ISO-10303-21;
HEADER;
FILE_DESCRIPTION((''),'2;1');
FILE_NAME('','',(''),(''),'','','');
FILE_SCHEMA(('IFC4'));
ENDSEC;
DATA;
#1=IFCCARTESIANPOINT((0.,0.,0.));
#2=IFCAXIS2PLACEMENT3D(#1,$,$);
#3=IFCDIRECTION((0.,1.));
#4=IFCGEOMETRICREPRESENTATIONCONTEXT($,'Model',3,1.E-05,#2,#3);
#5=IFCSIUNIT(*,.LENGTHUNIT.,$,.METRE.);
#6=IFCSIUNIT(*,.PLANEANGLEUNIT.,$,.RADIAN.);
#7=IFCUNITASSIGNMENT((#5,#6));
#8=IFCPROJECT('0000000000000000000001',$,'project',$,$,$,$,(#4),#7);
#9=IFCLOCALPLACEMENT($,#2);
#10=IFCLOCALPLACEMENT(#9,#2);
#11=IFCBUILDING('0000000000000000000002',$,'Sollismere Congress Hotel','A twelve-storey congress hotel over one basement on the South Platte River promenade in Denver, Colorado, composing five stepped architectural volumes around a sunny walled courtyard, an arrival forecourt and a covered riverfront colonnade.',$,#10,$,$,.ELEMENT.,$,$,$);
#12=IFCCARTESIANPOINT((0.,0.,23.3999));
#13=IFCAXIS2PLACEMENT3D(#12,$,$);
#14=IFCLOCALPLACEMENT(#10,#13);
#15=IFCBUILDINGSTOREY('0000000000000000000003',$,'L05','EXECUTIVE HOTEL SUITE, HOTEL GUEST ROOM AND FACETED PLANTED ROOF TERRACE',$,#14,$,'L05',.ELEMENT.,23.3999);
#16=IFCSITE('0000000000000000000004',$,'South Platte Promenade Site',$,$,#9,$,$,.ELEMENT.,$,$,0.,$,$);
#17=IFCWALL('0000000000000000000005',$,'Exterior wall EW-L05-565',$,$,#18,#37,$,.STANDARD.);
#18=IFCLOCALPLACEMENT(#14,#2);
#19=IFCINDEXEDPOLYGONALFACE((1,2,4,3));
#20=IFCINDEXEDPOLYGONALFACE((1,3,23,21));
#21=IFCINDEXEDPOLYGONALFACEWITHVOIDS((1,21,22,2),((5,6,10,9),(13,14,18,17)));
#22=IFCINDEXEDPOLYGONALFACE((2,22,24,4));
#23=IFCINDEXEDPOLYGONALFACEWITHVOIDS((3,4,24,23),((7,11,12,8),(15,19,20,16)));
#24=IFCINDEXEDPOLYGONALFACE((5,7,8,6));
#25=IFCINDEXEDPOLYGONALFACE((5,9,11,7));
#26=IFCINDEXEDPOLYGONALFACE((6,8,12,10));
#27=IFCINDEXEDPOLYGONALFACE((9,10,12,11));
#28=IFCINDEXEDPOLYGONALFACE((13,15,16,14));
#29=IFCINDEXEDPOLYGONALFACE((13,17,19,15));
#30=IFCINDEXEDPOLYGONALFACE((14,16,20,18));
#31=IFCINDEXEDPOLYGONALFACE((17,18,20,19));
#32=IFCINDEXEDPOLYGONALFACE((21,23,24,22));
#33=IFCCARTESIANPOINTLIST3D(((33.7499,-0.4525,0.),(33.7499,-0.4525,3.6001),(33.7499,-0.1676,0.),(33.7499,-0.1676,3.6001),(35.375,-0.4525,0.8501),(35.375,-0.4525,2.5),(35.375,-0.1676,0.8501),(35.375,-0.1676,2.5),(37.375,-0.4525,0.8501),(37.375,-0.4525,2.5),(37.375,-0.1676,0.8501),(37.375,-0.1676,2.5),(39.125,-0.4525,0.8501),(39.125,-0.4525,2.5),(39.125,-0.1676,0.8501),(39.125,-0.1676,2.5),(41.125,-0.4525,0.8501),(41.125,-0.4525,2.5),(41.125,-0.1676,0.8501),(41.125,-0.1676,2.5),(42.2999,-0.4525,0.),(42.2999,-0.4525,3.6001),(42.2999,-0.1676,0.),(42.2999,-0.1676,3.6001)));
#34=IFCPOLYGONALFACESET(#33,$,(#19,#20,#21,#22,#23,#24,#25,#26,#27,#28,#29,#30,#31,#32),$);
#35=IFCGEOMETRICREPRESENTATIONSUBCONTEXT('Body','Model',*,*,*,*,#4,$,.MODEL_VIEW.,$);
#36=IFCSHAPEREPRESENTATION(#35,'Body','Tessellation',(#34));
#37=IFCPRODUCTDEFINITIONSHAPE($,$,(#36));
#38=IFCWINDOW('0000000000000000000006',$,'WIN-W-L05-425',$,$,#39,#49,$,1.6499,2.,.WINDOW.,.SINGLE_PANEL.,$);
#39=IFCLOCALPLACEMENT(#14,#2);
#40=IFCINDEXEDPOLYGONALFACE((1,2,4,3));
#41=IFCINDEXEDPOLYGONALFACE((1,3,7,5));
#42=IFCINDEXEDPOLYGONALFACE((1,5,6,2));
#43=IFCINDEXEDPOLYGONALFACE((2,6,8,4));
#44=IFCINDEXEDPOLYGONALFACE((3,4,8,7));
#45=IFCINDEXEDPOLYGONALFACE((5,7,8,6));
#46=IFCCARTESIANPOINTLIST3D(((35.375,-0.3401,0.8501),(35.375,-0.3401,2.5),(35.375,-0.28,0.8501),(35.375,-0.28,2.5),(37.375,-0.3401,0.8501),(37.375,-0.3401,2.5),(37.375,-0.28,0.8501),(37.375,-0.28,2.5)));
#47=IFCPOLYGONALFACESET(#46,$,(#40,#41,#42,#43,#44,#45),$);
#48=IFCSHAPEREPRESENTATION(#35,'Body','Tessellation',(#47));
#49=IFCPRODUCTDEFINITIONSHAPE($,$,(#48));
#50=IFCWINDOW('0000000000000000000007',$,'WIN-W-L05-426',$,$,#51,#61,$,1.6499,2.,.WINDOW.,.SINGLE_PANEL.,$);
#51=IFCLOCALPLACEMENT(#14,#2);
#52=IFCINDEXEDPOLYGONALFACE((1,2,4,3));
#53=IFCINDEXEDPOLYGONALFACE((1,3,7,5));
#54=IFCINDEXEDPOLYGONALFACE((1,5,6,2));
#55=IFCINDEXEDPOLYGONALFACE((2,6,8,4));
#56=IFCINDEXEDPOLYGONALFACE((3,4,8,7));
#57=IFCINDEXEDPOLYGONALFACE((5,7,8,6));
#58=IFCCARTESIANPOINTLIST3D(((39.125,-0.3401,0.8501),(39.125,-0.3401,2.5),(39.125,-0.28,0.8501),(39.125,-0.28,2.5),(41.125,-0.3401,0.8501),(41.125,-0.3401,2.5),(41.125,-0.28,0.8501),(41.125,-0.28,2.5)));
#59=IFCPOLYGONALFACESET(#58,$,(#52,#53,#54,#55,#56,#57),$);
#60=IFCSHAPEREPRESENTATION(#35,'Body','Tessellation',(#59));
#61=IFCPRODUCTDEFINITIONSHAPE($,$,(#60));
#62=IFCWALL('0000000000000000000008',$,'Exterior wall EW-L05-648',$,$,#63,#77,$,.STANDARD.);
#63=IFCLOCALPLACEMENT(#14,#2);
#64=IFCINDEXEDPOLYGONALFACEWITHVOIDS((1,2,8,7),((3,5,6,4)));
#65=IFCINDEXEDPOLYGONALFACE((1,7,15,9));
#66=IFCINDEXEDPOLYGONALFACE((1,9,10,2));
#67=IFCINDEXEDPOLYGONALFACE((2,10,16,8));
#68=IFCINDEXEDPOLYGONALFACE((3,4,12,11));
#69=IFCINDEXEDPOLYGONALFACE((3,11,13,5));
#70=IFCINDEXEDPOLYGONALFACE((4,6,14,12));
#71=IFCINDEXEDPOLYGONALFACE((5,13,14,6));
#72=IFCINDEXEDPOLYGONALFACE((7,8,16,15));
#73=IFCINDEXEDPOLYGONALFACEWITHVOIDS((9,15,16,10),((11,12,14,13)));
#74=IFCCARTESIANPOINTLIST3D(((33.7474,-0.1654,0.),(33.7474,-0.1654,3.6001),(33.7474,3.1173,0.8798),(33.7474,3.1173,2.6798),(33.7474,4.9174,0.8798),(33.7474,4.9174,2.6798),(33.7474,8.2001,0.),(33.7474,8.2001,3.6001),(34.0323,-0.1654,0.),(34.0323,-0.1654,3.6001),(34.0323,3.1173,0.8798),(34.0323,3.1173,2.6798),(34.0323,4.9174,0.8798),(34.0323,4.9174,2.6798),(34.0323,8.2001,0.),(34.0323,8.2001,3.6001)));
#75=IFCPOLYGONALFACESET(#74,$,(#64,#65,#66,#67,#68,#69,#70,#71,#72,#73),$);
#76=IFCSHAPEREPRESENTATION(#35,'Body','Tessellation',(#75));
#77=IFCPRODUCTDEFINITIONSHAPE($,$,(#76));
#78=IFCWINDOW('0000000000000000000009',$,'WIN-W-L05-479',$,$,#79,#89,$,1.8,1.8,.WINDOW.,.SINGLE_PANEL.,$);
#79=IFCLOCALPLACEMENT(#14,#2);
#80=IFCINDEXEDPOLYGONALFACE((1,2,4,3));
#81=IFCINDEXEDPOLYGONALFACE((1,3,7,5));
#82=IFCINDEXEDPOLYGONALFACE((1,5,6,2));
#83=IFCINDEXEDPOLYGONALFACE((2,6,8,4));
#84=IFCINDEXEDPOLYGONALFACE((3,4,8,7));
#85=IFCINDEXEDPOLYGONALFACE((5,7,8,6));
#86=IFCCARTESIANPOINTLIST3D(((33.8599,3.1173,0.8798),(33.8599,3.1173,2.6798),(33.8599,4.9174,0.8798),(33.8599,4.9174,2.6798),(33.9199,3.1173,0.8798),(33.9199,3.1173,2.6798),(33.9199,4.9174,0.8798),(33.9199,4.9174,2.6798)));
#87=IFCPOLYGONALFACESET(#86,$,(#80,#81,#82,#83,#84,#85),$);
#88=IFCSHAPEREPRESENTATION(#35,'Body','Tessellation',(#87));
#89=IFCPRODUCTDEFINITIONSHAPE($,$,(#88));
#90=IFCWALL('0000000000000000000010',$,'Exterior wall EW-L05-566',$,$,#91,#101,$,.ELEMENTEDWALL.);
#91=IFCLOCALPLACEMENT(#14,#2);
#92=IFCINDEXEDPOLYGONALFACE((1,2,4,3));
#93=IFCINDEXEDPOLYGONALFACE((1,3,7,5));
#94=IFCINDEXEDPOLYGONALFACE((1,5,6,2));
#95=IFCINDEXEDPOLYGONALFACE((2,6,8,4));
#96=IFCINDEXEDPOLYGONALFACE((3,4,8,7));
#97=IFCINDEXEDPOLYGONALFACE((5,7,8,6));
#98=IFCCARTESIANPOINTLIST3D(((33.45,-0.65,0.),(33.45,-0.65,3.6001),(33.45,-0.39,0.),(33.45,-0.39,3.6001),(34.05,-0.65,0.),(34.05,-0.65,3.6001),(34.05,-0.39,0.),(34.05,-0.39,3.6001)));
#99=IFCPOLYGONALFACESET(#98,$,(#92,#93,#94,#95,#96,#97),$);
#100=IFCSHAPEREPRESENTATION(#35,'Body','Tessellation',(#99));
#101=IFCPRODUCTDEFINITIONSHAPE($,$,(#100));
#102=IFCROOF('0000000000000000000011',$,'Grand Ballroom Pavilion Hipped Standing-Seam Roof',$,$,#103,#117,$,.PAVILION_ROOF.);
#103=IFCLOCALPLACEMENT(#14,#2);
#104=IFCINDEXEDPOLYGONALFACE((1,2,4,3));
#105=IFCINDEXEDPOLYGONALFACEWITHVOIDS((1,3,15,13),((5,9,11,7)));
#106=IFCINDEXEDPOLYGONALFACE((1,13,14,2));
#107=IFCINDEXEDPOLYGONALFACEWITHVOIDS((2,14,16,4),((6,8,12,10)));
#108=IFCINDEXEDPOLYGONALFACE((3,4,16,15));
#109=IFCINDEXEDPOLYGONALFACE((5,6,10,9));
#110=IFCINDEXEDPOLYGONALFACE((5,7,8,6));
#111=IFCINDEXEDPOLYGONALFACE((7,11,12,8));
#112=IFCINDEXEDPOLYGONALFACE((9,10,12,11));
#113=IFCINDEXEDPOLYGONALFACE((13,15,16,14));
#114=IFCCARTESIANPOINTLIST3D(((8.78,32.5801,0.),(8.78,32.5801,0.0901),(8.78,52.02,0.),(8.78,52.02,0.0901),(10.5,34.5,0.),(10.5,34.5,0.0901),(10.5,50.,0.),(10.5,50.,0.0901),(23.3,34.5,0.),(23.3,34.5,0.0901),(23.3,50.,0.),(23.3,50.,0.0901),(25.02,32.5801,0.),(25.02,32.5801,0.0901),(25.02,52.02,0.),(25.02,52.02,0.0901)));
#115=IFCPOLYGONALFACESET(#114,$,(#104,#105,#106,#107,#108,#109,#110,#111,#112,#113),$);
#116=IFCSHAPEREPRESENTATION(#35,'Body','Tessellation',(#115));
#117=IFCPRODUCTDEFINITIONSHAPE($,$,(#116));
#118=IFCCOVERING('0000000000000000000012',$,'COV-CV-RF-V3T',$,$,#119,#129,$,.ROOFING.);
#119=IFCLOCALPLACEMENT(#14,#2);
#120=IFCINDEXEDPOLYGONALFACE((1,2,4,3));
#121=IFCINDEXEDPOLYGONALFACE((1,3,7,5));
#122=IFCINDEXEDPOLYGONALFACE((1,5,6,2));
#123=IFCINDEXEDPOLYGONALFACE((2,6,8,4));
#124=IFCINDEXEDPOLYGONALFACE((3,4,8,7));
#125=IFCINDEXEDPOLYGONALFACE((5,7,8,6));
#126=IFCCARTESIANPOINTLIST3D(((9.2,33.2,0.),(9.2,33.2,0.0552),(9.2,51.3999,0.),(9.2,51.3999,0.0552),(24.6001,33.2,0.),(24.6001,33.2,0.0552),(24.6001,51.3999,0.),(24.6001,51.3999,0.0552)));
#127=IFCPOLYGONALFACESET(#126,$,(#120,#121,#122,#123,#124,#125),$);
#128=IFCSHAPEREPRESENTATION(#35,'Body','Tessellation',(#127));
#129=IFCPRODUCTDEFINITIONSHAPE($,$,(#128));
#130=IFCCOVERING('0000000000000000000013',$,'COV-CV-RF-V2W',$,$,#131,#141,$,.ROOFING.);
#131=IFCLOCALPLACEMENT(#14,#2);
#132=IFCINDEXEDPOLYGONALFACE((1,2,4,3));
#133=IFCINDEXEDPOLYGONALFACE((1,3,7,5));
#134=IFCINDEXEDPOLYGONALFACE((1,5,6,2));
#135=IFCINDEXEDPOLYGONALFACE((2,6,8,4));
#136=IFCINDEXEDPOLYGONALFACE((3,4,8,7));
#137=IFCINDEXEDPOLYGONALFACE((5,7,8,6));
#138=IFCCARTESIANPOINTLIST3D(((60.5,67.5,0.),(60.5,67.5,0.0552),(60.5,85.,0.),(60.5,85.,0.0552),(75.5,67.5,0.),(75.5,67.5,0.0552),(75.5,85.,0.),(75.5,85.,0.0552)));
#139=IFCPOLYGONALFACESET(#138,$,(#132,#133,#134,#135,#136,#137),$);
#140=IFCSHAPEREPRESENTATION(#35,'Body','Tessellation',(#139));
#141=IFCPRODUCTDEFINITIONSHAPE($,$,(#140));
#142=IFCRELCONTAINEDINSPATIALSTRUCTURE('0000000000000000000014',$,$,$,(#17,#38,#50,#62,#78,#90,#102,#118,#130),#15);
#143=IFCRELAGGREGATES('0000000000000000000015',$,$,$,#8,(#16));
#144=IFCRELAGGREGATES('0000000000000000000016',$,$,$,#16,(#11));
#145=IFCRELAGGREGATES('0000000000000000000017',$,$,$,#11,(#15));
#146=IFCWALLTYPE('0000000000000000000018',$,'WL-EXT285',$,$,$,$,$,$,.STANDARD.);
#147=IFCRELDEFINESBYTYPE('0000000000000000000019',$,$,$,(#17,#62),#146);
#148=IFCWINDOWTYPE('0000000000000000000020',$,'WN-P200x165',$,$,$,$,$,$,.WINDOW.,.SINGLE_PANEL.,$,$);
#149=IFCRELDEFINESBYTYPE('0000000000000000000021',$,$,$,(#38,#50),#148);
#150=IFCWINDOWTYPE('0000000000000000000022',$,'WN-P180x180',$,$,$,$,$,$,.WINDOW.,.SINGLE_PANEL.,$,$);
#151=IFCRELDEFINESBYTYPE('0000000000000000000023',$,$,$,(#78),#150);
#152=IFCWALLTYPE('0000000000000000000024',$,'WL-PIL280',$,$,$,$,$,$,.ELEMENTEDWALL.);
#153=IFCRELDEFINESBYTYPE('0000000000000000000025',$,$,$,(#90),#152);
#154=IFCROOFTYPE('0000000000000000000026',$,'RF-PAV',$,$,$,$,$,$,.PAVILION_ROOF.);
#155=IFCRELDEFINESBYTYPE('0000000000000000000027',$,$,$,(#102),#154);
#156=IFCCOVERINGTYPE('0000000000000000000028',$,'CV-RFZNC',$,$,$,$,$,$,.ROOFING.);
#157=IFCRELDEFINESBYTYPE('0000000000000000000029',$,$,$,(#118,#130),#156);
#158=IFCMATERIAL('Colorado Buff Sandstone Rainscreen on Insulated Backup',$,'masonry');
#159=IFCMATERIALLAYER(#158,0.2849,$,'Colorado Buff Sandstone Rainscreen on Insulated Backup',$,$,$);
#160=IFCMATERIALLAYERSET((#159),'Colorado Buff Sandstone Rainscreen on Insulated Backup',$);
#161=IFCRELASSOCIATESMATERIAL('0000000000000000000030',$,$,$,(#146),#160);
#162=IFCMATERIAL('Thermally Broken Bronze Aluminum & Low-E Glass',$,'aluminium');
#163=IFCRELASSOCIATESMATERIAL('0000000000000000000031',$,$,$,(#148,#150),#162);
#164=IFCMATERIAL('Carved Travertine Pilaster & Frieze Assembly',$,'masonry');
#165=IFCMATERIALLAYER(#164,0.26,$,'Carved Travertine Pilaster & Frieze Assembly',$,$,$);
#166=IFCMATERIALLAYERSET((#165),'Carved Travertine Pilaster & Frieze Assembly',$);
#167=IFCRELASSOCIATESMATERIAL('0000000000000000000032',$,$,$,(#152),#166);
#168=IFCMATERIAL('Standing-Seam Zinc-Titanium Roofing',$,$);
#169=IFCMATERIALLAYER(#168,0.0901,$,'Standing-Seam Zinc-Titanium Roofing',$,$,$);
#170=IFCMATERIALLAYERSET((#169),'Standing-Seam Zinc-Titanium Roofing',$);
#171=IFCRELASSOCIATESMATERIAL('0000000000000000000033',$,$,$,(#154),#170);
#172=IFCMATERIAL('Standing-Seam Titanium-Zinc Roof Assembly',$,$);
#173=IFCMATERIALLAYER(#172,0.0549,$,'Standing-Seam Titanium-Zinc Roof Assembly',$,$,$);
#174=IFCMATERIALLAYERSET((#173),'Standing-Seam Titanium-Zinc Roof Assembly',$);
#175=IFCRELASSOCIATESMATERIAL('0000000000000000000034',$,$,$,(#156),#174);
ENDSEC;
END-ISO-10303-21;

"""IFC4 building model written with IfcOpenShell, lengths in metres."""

from ifc_helpers import new_model, si_unit, direction, frame, frame_2d, origin, place, context, subcontext, project, spatial, polyline, rectangle, outline, extrude, material, layer, layer_set, type_object, element, fill, save


model = new_model("IFC4")

# Units and contexts
model_context = context("Model", 3, precision=1e-05, world=origin(), true_north=direction((0.0, 1.0)))
body_context = subcontext(model_context, "Body", "Model", "MODEL_VIEW")
ifc_project = project(units=[si_unit("LENGTHUNIT", "METRE"), si_unit("PLANEANGLEUNIT", "RADIAN")], contexts=[model_context])

# Site, building, storey
site_placement = place(None, origin())
site = spatial("IfcSite", under=ifc_project, at=site_placement, Name="South Platte Promenade Site", CompositionType="ELEMENT", RefElevation=0.0)
building_placement = place(site_placement, origin())
building = spatial("IfcBuilding", under=site, at=building_placement, Name="Sollismere Congress Hotel", Description="A twelve-storey congress hotel over one basement on the South Platte River promenade in Denver, Colorado, composing five stepped architectural volumes around a sunny walled courtyard, an arrival forecourt and a covered riverfront colonnade.", CompositionType="ELEMENT")
storey_placement = place(building_placement, frame((0.0, 0.0, 23.3999)))
storey = spatial("IfcBuildingStorey", under=building, at=storey_placement, Name="L05", Description="EXECUTIVE HOTEL SUITE, HOTEL GUEST ROOM AND FACETED PLANTED ROOF TERRACE", LongName="L05", CompositionType="ELEMENT", Elevation=23.3999)

# Wall, openings, windows
ifc_material_1 = material(Name="Colorado Buff Sandstone Rainscreen on Insulated Backup", Category="masonry")
ifc_layer_1 = layer(ifc_material_1, 0.2849, Name="Colorado Buff Sandstone Rainscreen on Insulated Backup")
ifc_layer_set_1 = layer_set([ifc_layer_1], Name="Colorado Buff Sandstone Rainscreen on Insulated Backup")
wall_type_1 = type_object("IfcWallType", Name="WL-EXT285", PredefinedType="STANDARD", material=ifc_layer_set_1)
wall_1_placement = place(storey_placement, frame((33.75, -0.3101, 0.0), z_axis=(0.0, 0.0, 1.0), x_axis=(1.0, 0.0, 0.0)))
wall_1 = element("IfcWall", 1, at=wall_1_placement, inside=storey, type_object=wall_type_1, Name="Exterior wall EW-L05-565", PredefinedType="STANDARD", context=body_context, shape_type="SweptSolid", body=[
    extrude(rectangle(XDim=8.55, YDim=0.2849, at=frame_2d((4.2749, 0.0))), origin(), (0.0, 0.0, 1.0), 3.6001),
])
opening_1_placement = place(wall_1_placement, frame((1.625, 0.0, 0.8501)))
opening_1 = element("IfcOpeningElement", 2, at=opening_1_placement, cuts=wall_1, PredefinedType="OPENING", context=body_context, shape_type="SweptSolid", body=[
    extrude(rectangle(XDim=2.0, YDim=1.6499, at=frame_2d((1.0, 0.825))), frame((0.0, 0.1523, 0.0), z_axis=(0.0, -1.0, 0.0), x_axis=(1.0, 0.0, 0.0)), (0.0, 0.0, 1.0), 0.3049),
])
opening_2_placement = place(wall_1_placement, frame((5.375, 0.0, 0.8501)))
opening_2 = element("IfcOpeningElement", 3, at=opening_2_placement, cuts=wall_1, PredefinedType="OPENING", context=body_context, shape_type="SweptSolid", body=[
    extrude(rectangle(XDim=2.0, YDim=1.6499, at=frame_2d((1.0, 0.825))), frame((0.0, 0.1523, 0.0), z_axis=(0.0, -1.0, 0.0), x_axis=(1.0, 0.0, 0.0)), (0.0, 0.0, 1.0), 0.3049),
])
ifc_material_2 = material(Name="Thermally Broken Bronze Aluminum & Low-E Glass", Category="aluminium")
window_type_1 = type_object("IfcWindowType", Name="WN-P200x165", PartitioningType="SINGLE_PANEL", PredefinedType="WINDOW", material=ifc_material_2)
window_1_placement = place(opening_1_placement, origin())
window_1 = element("IfcWindow", 4, at=window_1_placement, inside=storey, type_object=window_type_1, Name="WIN-W-L05-425", OverallHeight=1.6499, OverallWidth=2.0, PartitioningType="SINGLE_PANEL", PredefinedType="WINDOW", context=body_context, shape_type="SweptSolid", body=[
    extrude(rectangle(XDim=2.0, YDim=1.6499, at=frame_2d((1.0, 0.825))), frame((0.0, 0.03, 0.0), z_axis=(0.0, -1.0, 0.0), x_axis=(1.0, 0.0, 0.0)), (0.0, 0.0, 1.0), 0.0601),
])
fill(opening_1, window_1)
window_2_placement = place(opening_2_placement, origin())
window_2 = element("IfcWindow", 5, at=window_2_placement, inside=storey, type_object=window_type_1, Name="WIN-W-L05-426", OverallHeight=1.6499, OverallWidth=2.0, PartitioningType="SINGLE_PANEL", PredefinedType="WINDOW", context=body_context, shape_type="SweptSolid", body=[
    extrude(rectangle(XDim=2.0, YDim=1.6499, at=frame_2d((1.0, 0.825))), frame((0.0, 0.03, 0.0), z_axis=(0.0, -1.0, 0.0), x_axis=(1.0, 0.0, 0.0)), (0.0, 0.0, 1.0), 0.0601),
])
fill(opening_2, window_2)

# Wall, opening, window
wall_2_placement = place(storey_placement, frame((33.8899, 8.2, 0.0), z_axis=(0.0, 0.0, 1.0), x_axis=(0.0, -1.0, 0.0)))
wall_2 = element("IfcWall", 6, at=wall_2_placement, inside=storey, type_object=wall_type_1, Name="Exterior wall EW-L05-648", PredefinedType="STANDARD", context=body_context, shape_type="SweptSolid", body=[
    extrude(rectangle(XDim=8.3655, YDim=0.2849, at=frame_2d((4.1826, 0.0))), origin(), (0.0, 0.0, 1.0), 3.6001),
])
opening_3_placement = place(wall_2_placement, frame((3.2827, 0.0, 0.8799)))
opening_3 = element("IfcOpeningElement", 7, at=opening_3_placement, cuts=wall_2, PredefinedType="OPENING", context=body_context, shape_type="SweptSolid", body=[
    extrude(rectangle(XDim=1.8, YDim=1.8, at=frame_2d((0.8999, 0.8999))), frame((0.0, 0.1523, 0.0), z_axis=(0.0, -1.0, 0.0), x_axis=(1.0, 0.0, 0.0)), (0.0, 0.0, 1.0), 0.3049),
])
window_type_2 = type_object("IfcWindowType", Name="WN-P180x180", PartitioningType="SINGLE_PANEL", PredefinedType="WINDOW", material=ifc_material_2)
window_3_placement = place(opening_3_placement, origin())
window_3 = element("IfcWindow", 8, at=window_3_placement, inside=storey, type_object=window_type_2, Name="WIN-W-L05-479", OverallHeight=1.8, OverallWidth=1.8, PartitioningType="SINGLE_PANEL", PredefinedType="WINDOW", context=body_context, shape_type="SweptSolid", body=[
    extrude(rectangle(XDim=1.8, YDim=1.8, at=frame_2d((0.8999, 0.8999))), frame((0.0, 0.03, 0.0), z_axis=(0.0, -1.0, 0.0), x_axis=(1.0, 0.0, 0.0)), (0.0, 0.0, 1.0), 0.0601),
])
fill(opening_3, window_3)

# Wall
ifc_material_3 = material(Name="Carved Travertine Pilaster & Frieze Assembly", Category="masonry")
ifc_layer_2 = layer(ifc_material_3, 0.26, Name="Carved Travertine Pilaster & Frieze Assembly")
ifc_layer_set_2 = layer_set([ifc_layer_2], Name="Carved Travertine Pilaster & Frieze Assembly")
wall_type_2 = type_object("IfcWallType", Name="WL-PIL280", PredefinedType="ELEMENTEDWALL", material=ifc_layer_set_2)
wall_3_placement = place(storey_placement, frame((33.45, -0.52, 0.0), z_axis=(0.0, 0.0, 1.0), x_axis=(1.0, 0.0, 0.0)))
element("IfcWall", 9, at=wall_3_placement, inside=storey, type_object=wall_type_2, Name="Exterior wall EW-L05-566", PredefinedType="ELEMENTEDWALL", context=body_context, shape_type="SweptSolid", body=[
    extrude(rectangle(XDim=0.6001, YDim=0.26, at=frame_2d((0.3, 0.0))), origin(), (0.0, 0.0, 1.0), 3.6001),
])

# Roof
ifc_material_4 = material(Name="Standing-Seam Zinc-Titanium Roofing")
ifc_layer_3 = layer(ifc_material_4, 0.0901, Name="Standing-Seam Zinc-Titanium Roofing")
ifc_layer_set_3 = layer_set([ifc_layer_3], Name="Standing-Seam Zinc-Titanium Roofing")
roof_type = type_object("IfcRoofType", Name="RF-PAV", PredefinedType="PAVILION_ROOF", material=ifc_layer_set_3)
roof_placement = place(storey_placement, origin())
element("IfcRoof", 10, at=roof_placement, inside=storey, type_object=roof_type, Name="Grand Ballroom Pavilion Hipped Standing-Seam Roof", PredefinedType="PAVILION_ROOF", context=body_context, shape_type="SweptSolid", body=[
    extrude(outline(polyline([(8.78, 32.5801), (25.02, 32.5801), (25.02, 52.02), (8.78, 52.02), (8.78, 32.5801)]), holes=[polyline([(10.5, 50.0), (23.3, 50.0), (23.3, 34.5), (10.5, 34.5), (10.5, 50.0)])]), origin(), (0.0, 0.0, 1.0), 0.0901),
])

# Coverings
ifc_material_5 = material(Name="Standing-Seam Titanium-Zinc Roof Assembly")
ifc_layer_4 = layer(ifc_material_5, 0.0549, Name="Standing-Seam Titanium-Zinc Roof Assembly")
ifc_layer_set_4 = layer_set([ifc_layer_4], Name="Standing-Seam Titanium-Zinc Roof Assembly")
covering_type = type_object("IfcCoveringType", Name="CV-RFZNC", PredefinedType="ROOFING", material=ifc_layer_set_4)
covering_1_placement = place(storey_placement, origin())
element("IfcCovering", 11, at=covering_1_placement, inside=storey, type_object=covering_type, Name="COV-CV-RF-V3T", PredefinedType="ROOFING", context=body_context, shape_type="SweptSolid", body=[
    extrude(outline(polyline([(9.2, 33.2), (24.6001, 33.2), (24.6001, 51.3999), (9.2, 51.3999), (9.2, 33.2)])), origin(), (0.0, 0.0, 1.0), 0.0552),
])
covering_2_placement = place(storey_placement, origin())
element("IfcCovering", 12, at=covering_2_placement, inside=storey, type_object=covering_type, Name="COV-CV-RF-V2W", PredefinedType="ROOFING", context=body_context, shape_type="SweptSolid", body=[
    extrude(outline(polyline([(60.5, 67.5), (75.5, 67.5), (75.5, 85.0), (60.5, 85.0), (60.5, 67.5)])), origin(), (0.0, 0.0, 1.0), 0.0552),
])

save(model, "model.ifc")
